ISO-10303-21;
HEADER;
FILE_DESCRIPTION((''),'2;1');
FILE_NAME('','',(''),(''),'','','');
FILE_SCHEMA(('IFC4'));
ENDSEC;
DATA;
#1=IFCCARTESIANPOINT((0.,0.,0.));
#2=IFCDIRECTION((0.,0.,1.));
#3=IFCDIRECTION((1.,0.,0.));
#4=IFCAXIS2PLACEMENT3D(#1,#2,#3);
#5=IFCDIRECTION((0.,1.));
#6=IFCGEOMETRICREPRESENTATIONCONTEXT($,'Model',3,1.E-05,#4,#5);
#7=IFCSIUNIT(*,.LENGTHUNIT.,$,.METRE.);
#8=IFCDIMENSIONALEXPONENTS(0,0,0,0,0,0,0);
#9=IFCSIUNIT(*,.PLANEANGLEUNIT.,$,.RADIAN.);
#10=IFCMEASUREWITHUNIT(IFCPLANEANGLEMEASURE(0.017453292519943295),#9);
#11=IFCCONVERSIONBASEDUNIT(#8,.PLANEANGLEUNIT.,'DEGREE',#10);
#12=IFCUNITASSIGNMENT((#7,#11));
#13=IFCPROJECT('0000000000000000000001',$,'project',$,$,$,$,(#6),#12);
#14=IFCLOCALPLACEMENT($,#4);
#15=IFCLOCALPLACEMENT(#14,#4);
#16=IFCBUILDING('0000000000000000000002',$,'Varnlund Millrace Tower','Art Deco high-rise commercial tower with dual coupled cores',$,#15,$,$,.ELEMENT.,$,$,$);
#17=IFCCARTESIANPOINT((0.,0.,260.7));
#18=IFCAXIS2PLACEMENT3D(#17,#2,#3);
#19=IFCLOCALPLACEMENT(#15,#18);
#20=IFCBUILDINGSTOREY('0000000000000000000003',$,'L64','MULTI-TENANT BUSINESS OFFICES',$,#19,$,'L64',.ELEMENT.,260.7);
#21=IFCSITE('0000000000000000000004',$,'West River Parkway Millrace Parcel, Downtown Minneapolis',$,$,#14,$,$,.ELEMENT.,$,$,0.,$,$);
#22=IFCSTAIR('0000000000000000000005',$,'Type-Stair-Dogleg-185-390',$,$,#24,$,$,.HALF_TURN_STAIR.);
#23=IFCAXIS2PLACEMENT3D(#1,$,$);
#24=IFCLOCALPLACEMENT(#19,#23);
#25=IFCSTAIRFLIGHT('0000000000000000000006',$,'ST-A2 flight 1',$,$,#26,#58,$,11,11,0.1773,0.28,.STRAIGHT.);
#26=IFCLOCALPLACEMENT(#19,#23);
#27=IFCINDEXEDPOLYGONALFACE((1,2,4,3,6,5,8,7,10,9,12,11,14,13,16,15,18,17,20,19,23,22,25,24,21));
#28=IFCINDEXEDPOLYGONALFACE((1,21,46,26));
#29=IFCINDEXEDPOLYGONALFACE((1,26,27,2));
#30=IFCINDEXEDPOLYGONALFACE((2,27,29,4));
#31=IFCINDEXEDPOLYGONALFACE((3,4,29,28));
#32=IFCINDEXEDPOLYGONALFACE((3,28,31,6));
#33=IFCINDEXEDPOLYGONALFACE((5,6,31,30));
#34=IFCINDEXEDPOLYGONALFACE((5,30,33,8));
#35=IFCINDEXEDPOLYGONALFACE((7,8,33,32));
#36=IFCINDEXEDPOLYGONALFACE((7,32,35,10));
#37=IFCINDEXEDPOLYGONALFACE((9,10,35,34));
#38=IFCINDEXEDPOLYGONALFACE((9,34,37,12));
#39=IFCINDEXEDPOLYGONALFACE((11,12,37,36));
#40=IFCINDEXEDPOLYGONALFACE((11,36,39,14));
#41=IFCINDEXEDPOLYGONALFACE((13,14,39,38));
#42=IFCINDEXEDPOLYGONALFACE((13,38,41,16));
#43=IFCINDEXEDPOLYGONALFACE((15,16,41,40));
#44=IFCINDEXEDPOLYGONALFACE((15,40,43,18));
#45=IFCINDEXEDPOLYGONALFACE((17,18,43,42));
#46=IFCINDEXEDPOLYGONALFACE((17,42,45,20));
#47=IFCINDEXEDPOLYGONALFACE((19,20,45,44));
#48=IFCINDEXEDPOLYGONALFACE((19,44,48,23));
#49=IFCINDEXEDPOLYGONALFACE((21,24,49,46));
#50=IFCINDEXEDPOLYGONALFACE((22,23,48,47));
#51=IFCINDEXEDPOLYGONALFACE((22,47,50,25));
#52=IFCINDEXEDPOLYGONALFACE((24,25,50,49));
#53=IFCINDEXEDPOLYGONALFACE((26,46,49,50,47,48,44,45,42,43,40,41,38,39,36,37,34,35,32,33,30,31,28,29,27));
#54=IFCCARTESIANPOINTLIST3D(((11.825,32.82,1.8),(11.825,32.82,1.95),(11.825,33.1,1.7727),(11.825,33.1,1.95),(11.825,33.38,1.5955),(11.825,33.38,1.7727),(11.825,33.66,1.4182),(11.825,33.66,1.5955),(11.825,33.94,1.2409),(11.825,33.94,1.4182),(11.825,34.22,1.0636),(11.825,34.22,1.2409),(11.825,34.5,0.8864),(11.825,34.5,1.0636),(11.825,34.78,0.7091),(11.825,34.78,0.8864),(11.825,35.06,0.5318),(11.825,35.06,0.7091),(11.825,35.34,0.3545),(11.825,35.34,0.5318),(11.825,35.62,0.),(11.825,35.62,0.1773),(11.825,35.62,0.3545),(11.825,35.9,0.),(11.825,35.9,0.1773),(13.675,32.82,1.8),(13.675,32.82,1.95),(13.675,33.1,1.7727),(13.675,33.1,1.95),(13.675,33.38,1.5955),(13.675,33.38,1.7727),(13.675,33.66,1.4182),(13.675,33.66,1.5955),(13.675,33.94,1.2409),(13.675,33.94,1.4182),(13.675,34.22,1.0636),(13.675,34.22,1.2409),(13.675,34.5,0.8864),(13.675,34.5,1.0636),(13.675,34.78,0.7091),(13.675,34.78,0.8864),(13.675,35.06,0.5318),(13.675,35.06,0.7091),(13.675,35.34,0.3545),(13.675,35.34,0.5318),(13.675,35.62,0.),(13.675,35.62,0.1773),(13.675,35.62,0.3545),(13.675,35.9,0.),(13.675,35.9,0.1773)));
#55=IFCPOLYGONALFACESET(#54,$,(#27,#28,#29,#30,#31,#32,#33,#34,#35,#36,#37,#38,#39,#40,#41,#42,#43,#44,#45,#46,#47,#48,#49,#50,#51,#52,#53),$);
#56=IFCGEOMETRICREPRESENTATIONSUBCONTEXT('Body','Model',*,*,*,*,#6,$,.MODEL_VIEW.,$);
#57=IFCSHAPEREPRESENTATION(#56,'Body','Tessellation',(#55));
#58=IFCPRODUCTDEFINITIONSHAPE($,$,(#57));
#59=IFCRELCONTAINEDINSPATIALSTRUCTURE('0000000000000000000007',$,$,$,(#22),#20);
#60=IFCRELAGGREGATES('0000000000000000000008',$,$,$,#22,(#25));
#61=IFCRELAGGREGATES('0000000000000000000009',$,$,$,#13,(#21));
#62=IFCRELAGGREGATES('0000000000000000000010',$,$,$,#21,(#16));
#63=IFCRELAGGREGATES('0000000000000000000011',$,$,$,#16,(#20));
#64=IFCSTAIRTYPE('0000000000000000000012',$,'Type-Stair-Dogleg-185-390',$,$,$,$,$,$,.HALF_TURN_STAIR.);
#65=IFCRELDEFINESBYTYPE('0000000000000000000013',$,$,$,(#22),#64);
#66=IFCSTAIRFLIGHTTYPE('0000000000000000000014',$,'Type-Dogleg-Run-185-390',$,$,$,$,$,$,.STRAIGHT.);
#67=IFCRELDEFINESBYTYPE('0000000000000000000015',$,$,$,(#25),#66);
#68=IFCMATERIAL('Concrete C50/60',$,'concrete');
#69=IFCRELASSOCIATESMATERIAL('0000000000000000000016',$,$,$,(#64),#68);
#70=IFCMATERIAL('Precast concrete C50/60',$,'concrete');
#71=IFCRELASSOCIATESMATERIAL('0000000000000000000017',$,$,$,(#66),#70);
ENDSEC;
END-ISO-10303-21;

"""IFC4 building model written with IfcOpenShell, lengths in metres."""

from ifc_helpers import new_model, entity, si_unit, converted_unit, direction, frame, origin_with_axes, place, context, subcontext, project, spatial, polyline, outline, extrude, material, type_object, element, aggregate, save


model = new_model("IFC4")

# Units and contexts
model_context = context("Model", 3, precision=1e-05, world=origin_with_axes(), true_north=direction((0.0, 1.0)))
body_context = subcontext(model_context, "Body", "Model", "MODEL_VIEW")
ifc_project = project(units=[si_unit("LENGTHUNIT", "METRE"), converted_unit("PLANEANGLEUNIT", "DEGREE", entity("IfcPlaneAngleMeasure", 0.017453292519943295), si_unit("PLANEANGLEUNIT", "RADIAN"), dimensions=[0, 0, 0, 0, 0, 0, 0])], contexts=[model_context])

# Site, building, storey
site_placement = place(None, origin_with_axes())
site = spatial("IfcSite", under=ifc_project, at=site_placement, Name="West River Parkway Millrace Parcel, Downtown Minneapolis", CompositionType="ELEMENT", RefElevation=0.0)
building_placement = place(site_placement, origin_with_axes())
building = spatial("IfcBuilding", under=site, at=building_placement, Name="Varnlund Millrace Tower", Description="Art Deco high-rise commercial tower with dual coupled cores", CompositionType="ELEMENT")
storey_placement = place(building_placement, frame((0.0, 0.0, 260.7), z_axis=(0.0, 0.0, 1.0), x_axis=(1.0, 0.0, 0.0)))
storey = spatial("IfcBuildingStorey", under=building, at=storey_placement, Name="L64", Description="MULTI-TENANT BUSINESS OFFICES", LongName="L64", CompositionType="ELEMENT", Elevation=260.7)

# Stair, stair flight
ifc_material_1 = material(Name="Concrete C50/60", Category="concrete")
ifc_material_2 = material(Name="Precast concrete C50/60", Category="concrete")
stair_type_1 = type_object("IfcStairType", Name="Type-Stair-Dogleg-185-390", PredefinedType="HALF_TURN_STAIR", material=ifc_material_1)
stair_1_placement = place(storey_placement, origin_with_axes())
stair_1 = element("IfcStair", 1, at=stair_1_placement, inside=storey, type_object=stair_type_1, Name="Type-Stair-Dogleg-185-390", PredefinedType="HALF_TURN_STAIR")
stair_flight_type_1 = type_object("IfcStairFlightType", Name="Type-Dogleg-Run-185-390", PredefinedType="STRAIGHT", material=ifc_material_2)
stair_flight_1_placement = place(storey_placement, frame((13.675, 35.9, 0.0), z_axis=(-1.0, 0.0, 0.0), x_axis=(0.0, -1.0, 0.0)))
stair_flight_1 = element("IfcStairFlight", 2, at=stair_flight_1_placement, type_object=stair_flight_type_1, Name="ST-A2 flight 1", NumberOfRisers=11, NumberOfTreads=11, PredefinedType="STRAIGHT", RiserHeight=0.1773, TreadLength=0.28, context=body_context, shape_type="SweptSolid", body=[
    extrude(outline(polyline([(0.0, 0.0), (0.0, 0.1773), (0.28, 0.1773), (0.28, 0.3545), (0.56, 0.3545), (0.56, 0.5318), (0.84, 0.5318), (0.84, 0.7091), (1.12, 0.7091), (1.12, 0.8864), (1.4, 0.8864), (1.4, 1.0636), (1.68, 1.0636), (1.68, 1.2409), (1.96, 1.2409), (1.96, 1.4182), (2.24, 1.4182), (2.24, 1.5955), (2.52, 1.5955), (2.52, 1.7727), (2.8, 1.7727), (2.8, 1.95), (3.08, 1.95), (3.08, 1.8), (0.28, 0.0), (0.0, 0.0)])), origin_with_axes(), (0.0, 0.0, 1.0), 1.85),
])
aggregate(stair_1, [stair_flight_1])

save(model, "model.ifc")
